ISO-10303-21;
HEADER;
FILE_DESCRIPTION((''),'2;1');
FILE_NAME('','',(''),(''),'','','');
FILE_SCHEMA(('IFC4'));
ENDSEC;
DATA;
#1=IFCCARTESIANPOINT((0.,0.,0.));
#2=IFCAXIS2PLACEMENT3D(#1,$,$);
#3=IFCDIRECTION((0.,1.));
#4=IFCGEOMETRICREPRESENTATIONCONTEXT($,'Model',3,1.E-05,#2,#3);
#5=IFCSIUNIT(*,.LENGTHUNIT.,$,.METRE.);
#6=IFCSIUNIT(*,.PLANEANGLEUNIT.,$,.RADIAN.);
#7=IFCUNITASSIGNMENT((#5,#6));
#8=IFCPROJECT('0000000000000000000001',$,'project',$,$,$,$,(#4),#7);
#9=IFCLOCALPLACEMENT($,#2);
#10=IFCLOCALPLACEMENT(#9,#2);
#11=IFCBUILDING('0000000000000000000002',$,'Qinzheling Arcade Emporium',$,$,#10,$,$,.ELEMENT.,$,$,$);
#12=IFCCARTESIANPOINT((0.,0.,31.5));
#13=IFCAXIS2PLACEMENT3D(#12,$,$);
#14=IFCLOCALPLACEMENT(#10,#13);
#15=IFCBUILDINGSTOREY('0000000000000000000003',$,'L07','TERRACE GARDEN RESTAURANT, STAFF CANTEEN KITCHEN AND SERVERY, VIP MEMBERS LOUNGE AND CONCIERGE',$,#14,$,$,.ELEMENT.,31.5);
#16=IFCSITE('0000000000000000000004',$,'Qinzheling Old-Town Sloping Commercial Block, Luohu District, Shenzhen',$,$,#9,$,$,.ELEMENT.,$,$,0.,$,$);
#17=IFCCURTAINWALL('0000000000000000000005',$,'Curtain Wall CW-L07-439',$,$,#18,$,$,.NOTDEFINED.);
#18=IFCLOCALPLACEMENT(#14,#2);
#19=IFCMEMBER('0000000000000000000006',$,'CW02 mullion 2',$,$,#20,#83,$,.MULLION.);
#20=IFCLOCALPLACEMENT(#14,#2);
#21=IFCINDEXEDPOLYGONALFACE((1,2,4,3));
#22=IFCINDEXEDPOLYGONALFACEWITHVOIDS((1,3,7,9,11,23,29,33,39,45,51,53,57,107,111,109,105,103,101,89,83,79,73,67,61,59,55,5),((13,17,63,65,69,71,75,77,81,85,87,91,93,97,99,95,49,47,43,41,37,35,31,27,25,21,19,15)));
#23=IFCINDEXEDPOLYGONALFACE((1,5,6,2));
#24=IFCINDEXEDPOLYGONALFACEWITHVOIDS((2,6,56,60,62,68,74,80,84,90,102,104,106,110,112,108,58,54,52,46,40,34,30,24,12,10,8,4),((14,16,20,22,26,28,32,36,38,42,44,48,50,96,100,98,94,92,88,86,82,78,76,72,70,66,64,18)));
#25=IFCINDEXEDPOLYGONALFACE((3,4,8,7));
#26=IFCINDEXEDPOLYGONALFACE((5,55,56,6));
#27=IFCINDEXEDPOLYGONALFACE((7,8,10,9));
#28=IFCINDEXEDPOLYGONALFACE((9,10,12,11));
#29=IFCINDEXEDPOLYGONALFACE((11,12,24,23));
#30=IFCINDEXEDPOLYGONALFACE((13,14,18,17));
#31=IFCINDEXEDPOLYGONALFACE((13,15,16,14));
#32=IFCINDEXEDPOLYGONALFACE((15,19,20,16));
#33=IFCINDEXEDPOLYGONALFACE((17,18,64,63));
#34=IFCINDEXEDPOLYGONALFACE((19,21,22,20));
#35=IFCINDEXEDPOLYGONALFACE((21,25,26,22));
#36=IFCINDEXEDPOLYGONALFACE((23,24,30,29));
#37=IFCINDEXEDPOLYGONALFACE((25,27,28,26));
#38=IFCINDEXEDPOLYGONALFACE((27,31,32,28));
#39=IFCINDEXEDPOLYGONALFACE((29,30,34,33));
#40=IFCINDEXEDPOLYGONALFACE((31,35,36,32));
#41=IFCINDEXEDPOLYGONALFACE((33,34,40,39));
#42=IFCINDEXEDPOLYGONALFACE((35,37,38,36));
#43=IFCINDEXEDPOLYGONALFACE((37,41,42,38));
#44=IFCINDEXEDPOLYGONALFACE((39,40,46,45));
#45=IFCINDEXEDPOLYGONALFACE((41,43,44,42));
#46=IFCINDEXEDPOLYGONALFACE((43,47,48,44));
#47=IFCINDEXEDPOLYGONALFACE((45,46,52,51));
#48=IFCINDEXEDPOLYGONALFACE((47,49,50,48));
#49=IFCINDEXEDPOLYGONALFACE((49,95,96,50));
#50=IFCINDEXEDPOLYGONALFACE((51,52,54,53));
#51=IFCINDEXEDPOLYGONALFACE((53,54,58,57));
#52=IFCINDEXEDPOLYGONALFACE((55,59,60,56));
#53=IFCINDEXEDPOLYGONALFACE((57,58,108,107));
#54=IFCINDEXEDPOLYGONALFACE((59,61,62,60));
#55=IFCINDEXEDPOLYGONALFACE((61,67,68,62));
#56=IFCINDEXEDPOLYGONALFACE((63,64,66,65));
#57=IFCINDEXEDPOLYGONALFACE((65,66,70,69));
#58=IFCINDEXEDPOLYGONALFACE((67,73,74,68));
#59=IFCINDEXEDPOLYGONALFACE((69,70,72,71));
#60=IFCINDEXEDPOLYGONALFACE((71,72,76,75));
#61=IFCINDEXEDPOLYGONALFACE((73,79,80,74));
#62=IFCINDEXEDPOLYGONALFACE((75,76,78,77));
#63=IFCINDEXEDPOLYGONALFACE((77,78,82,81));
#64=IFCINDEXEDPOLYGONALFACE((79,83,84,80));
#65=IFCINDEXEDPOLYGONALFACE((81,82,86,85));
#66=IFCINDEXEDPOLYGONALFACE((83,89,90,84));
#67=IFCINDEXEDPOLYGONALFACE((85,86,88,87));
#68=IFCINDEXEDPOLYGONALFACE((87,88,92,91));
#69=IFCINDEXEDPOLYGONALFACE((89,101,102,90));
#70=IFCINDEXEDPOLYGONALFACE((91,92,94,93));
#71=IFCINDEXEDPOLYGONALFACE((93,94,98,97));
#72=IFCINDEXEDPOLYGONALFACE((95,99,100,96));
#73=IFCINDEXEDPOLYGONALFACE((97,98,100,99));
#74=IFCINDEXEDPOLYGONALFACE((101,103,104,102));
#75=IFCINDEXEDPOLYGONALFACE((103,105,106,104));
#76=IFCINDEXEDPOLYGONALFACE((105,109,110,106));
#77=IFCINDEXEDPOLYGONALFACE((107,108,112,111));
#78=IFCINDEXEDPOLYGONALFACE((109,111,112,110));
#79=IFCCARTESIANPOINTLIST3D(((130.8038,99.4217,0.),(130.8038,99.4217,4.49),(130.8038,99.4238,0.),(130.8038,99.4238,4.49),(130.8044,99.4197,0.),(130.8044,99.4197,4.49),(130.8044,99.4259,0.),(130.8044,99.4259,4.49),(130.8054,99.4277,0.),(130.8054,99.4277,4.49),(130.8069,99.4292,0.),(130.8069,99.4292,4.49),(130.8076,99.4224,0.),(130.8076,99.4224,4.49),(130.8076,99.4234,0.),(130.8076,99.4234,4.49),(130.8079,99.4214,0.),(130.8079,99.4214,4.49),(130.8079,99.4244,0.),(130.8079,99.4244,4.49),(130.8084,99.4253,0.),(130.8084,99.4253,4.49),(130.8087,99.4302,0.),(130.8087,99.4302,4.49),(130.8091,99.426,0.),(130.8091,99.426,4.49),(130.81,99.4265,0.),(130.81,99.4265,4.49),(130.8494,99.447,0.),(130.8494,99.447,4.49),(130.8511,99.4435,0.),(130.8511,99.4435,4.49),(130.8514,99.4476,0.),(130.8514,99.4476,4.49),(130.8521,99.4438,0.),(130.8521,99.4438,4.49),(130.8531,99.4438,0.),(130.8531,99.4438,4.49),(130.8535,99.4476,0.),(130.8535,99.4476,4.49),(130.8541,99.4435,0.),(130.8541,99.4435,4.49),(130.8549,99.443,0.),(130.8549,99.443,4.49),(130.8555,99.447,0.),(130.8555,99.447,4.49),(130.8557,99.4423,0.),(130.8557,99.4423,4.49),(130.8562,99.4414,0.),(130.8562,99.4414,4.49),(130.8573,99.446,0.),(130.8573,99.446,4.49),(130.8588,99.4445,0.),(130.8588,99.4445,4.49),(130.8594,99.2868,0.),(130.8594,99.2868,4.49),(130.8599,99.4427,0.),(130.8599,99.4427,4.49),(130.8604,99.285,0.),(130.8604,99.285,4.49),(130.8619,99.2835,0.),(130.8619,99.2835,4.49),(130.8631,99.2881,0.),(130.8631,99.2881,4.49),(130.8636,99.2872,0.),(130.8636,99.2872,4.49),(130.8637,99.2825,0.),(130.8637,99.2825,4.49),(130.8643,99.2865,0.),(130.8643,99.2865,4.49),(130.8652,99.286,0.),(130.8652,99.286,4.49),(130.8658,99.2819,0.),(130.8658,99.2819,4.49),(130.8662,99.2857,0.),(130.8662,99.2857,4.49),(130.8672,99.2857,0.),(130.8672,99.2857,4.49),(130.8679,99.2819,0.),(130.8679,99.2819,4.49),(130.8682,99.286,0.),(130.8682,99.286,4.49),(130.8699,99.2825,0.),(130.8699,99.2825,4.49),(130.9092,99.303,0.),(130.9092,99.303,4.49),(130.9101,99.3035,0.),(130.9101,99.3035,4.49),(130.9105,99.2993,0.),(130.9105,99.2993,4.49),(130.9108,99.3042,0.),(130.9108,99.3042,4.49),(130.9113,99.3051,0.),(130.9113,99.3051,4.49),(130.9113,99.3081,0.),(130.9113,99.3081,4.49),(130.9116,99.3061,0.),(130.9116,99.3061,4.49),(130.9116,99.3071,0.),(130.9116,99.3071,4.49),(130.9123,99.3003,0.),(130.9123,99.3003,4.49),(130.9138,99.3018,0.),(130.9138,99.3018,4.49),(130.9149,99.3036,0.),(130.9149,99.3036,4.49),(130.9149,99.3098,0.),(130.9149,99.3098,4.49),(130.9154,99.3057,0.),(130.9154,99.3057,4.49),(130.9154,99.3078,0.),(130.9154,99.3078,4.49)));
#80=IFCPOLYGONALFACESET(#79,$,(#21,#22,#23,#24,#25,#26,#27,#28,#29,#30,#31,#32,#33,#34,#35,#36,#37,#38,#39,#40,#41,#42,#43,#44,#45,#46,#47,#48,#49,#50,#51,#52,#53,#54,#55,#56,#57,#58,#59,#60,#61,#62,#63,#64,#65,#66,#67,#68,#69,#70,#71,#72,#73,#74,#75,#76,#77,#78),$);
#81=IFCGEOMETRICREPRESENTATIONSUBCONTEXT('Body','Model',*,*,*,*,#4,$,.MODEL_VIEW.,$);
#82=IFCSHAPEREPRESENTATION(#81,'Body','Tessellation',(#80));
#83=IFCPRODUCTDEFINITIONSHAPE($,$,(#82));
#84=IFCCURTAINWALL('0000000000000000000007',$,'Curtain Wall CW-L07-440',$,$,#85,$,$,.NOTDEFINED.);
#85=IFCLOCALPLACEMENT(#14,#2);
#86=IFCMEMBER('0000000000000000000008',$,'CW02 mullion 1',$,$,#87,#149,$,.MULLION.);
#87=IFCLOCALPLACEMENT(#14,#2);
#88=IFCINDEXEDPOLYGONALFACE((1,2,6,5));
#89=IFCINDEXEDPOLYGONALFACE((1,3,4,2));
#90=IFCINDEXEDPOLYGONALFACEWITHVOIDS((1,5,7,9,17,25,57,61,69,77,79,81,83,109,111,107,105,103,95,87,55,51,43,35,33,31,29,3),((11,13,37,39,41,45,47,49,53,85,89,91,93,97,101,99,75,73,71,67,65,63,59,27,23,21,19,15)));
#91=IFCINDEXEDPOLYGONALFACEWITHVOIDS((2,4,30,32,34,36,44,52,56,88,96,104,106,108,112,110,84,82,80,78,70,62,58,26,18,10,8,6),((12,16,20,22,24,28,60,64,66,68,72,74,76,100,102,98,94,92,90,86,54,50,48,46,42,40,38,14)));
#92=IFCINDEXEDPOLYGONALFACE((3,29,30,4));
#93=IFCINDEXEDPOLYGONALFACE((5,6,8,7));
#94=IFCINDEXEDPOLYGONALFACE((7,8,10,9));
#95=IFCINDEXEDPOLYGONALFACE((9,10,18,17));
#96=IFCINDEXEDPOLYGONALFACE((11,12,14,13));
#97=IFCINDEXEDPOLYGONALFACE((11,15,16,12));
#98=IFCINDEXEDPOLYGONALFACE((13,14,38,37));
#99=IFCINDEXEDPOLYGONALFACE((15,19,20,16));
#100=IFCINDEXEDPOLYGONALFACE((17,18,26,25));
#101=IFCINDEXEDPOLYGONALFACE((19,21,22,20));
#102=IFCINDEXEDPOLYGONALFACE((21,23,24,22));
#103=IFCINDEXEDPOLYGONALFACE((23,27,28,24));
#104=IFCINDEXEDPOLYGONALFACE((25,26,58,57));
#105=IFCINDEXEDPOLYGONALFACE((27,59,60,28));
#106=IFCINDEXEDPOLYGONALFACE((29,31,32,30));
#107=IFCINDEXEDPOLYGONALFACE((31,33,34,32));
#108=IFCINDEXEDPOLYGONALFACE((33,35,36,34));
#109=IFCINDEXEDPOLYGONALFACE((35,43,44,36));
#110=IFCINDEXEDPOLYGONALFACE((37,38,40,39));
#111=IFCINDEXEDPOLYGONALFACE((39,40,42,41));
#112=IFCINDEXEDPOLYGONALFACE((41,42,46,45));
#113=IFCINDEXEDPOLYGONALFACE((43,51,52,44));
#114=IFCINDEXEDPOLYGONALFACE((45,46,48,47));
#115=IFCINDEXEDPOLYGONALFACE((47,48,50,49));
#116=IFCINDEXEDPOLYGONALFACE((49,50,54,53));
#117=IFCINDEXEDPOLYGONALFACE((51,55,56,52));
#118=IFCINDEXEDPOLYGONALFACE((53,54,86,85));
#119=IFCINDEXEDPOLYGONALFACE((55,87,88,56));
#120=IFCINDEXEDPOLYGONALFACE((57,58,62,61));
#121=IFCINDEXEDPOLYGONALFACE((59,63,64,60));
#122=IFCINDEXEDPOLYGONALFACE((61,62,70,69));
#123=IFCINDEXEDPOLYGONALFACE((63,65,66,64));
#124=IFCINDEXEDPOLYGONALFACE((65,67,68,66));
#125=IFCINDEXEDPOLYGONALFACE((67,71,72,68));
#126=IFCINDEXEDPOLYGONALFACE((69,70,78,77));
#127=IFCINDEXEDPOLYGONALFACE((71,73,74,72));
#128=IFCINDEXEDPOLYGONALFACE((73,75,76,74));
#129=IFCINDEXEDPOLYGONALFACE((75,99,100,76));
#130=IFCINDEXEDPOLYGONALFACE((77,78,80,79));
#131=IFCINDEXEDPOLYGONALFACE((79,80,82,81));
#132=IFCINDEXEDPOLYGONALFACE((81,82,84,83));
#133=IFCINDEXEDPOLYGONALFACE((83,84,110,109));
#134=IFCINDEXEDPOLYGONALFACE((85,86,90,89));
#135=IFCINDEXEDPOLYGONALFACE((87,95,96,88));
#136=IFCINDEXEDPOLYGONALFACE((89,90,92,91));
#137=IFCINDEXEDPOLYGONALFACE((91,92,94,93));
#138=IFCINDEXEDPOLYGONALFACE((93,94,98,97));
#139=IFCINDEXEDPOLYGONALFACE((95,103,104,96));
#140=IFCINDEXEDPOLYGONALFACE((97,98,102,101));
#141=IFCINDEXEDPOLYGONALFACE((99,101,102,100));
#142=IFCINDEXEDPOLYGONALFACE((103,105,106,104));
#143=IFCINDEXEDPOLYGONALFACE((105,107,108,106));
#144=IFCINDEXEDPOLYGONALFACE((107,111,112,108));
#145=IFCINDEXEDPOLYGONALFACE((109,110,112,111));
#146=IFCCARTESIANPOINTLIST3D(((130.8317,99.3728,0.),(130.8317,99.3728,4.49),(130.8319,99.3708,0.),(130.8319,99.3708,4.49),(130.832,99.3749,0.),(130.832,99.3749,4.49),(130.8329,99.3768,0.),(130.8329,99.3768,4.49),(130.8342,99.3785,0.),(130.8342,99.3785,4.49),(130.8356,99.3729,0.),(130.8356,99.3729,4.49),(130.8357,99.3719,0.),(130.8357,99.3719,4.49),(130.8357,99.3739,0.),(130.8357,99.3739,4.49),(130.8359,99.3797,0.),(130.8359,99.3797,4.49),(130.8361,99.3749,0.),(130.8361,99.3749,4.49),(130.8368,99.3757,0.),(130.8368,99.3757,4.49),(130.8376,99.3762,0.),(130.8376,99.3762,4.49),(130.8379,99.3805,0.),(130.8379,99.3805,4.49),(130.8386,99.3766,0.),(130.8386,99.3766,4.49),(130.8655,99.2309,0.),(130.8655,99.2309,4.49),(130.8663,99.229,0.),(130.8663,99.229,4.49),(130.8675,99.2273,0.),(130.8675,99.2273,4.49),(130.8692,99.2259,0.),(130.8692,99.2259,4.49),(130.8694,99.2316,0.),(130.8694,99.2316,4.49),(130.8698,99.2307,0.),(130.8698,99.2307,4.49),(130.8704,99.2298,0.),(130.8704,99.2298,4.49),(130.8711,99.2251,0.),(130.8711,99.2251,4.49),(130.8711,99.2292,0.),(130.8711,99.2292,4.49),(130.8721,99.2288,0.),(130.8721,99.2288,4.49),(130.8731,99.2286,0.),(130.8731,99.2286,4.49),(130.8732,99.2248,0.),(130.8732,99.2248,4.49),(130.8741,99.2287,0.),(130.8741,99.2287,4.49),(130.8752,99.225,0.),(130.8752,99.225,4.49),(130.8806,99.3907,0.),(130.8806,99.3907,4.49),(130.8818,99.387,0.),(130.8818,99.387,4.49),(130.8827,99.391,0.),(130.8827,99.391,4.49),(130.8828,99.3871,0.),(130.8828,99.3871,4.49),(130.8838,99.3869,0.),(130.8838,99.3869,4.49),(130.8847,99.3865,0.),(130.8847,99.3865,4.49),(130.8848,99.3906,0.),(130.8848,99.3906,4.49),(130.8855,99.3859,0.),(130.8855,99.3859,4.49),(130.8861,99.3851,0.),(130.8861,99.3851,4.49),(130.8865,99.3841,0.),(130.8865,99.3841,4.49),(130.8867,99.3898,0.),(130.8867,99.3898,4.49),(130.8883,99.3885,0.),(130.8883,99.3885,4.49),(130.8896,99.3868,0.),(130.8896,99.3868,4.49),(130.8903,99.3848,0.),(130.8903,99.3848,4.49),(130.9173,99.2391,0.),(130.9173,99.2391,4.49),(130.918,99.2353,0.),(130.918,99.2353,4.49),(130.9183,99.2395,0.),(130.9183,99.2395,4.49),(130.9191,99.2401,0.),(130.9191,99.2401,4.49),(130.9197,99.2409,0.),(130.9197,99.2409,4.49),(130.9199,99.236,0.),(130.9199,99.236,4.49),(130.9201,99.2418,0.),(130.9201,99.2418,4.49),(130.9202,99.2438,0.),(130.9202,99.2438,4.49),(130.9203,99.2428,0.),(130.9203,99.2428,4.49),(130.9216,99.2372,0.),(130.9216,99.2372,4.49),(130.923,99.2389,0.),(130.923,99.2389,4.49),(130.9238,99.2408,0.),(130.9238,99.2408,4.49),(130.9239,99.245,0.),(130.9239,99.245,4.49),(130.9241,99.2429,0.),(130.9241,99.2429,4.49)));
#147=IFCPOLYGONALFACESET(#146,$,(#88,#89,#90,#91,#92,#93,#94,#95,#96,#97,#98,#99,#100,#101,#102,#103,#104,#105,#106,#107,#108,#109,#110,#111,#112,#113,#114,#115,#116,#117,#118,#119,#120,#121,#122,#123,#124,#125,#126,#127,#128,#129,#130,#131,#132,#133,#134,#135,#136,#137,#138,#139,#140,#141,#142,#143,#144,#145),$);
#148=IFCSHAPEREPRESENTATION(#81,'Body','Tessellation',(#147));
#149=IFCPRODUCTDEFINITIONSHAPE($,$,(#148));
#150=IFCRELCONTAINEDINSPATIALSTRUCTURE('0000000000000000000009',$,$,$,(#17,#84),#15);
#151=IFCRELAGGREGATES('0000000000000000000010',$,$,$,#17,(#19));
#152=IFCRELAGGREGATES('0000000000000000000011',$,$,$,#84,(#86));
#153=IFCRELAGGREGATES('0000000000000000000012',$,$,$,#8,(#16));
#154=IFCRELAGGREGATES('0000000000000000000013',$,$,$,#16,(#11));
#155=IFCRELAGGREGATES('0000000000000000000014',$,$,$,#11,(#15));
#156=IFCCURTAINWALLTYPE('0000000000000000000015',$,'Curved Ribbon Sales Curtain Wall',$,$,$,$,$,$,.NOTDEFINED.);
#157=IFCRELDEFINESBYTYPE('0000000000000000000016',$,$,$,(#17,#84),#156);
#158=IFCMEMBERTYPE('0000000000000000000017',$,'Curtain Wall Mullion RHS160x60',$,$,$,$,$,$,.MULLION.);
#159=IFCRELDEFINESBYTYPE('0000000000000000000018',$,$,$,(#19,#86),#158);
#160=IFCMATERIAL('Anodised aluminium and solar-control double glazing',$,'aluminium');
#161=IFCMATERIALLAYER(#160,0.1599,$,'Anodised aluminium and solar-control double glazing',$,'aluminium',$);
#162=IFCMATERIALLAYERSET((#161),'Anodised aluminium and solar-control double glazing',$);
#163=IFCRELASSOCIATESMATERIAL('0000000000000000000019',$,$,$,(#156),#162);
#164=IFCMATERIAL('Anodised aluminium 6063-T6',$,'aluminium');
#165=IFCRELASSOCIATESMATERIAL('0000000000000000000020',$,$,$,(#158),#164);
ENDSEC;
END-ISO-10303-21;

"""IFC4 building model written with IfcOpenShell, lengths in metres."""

from ifc_helpers import new_model, si_unit, direction, frame, origin, origin_2d, place, context, subcontext, project, spatial, hollow_rectangle, extrude, material, layer, layer_set, material_profile, profile_set, type_object, element, aggregate, save


model = new_model("IFC4")

# Units and contexts
model_context = context("Model", 3, precision=1e-05, world=origin(), true_north=direction((0.0, 1.0)))
body_context = subcontext(model_context, "Body", "Model", "MODEL_VIEW")
ifc_project = project(units=[si_unit("LENGTHUNIT", "METRE"), si_unit("PLANEANGLEUNIT", "RADIAN")], contexts=[model_context])

# Site, building, storey
site_placement = place(None, origin())
site = spatial("IfcSite", under=ifc_project, at=site_placement, Name="Qinzheling Old-Town Sloping Commercial Block, Luohu District, Shenzhen", CompositionType="ELEMENT", RefElevation=0.0)
building_placement = place(site_placement, origin())
building = spatial("IfcBuilding", under=site, at=building_placement, Name="Qinzheling Arcade Emporium", CompositionType="ELEMENT")
storey_placement = place(building_placement, frame((0.0, 0.0, 31.5)))
storey = spatial("IfcBuildingStorey", under=building, at=storey_placement, Name="L07", Description="TERRACE GARDEN RESTAURANT, STAFF CANTEEN KITCHEN AND SERVERY, VIP MEMBERS LOUNGE AND CONCIERGE", CompositionType="ELEMENT", Elevation=31.5)

# Shared definitions
ifc_material_1 = material(Name="Anodised aluminium and solar-control double glazing", Category="aluminium")
ifc_layer_1 = layer(ifc_material_1, 0.1599, Name="Anodised aluminium and solar-control double glazing", Category="aluminium")
ifc_layer_set_1 = layer_set([ifc_layer_1], Name="Anodised aluminium and solar-control double glazing")
curtain_wall_type = type_object("IfcCurtainWallType", Name="Curved Ribbon Sales Curtain Wall", PredefinedType="NOTDEFINED", material=ifc_layer_set_1)
ifc_material_2 = material(Name="Anodised aluminium 6063-T6", Category="aluminium")
ifc_material_profile_1 = material_profile(ifc_material_2, hollow_rectangle(XDim=0.0601, YDim=0.1599, WallThickness=0.0039, InnerFilletRadius=0.0039, OuterFilletRadius=0.0081, at=origin_2d()), Name="RHS 160x60x4", Category="aluminium")
ifc_profile_set_1 = profile_set([ifc_material_profile_1], Name="Anodised aluminium 6063-T6")
member_type_1 = type_object("IfcMemberType", Name="Curtain Wall Mullion RHS160x60", PredefinedType="MULLION", material=ifc_profile_set_1)

# Curtain walls, members
curtain_wall_1_placement = place(storey_placement, origin())
curtain_wall_1 = element("IfcCurtainWall", 1, at=curtain_wall_1_placement, inside=storey, type_object=curtain_wall_type, Name="Curtain Wall CW-L07-439", PredefinedType="NOTDEFINED")
member_1_placement = place(storey_placement, frame((130.8596, 99.3647, 0.0), z_axis=(0.0, 0.0, 1.0), x_axis=(0.924017, 0.382352, 0.0)))
member_1 = element("IfcMember", 2, at=member_1_placement, type_object=member_type_1, Name="CW02 mullion 2", PredefinedType="MULLION", context=body_context, shape_type="SweptSolid", body=[
    extrude(hollow_rectangle(XDim=0.0601, YDim=0.1599, WallThickness=0.0039, InnerFilletRadius=0.0039, OuterFilletRadius=0.0081, at=origin_2d()), origin(), (0.0, 0.0, 1.0), 4.49),
])
curtain_wall_2_placement = place(storey_placement, origin())
curtain_wall_2 = element("IfcCurtainWall", 3, at=curtain_wall_2_placement, inside=storey, type_object=curtain_wall_type, Name="Curtain Wall CW-L07-440", PredefinedType="NOTDEFINED")
member_2_placement = place(storey_placement, frame((130.8779, 99.3079, 0.0), z_axis=(0.0, 0.0, 1.0), x_axis=(0.972323, 0.233641, 0.0)))
member_2 = element("IfcMember", 4, at=member_2_placement, type_object=member_type_1, Name="CW02 mullion 1", PredefinedType="MULLION", context=body_context, shape_type="SweptSolid", body=[
    extrude(hollow_rectangle(XDim=0.0601, YDim=0.1599, WallThickness=0.0039, InnerFilletRadius=0.0039, OuterFilletRadius=0.0081, at=origin_2d()), origin(), (0.0, 0.0, 1.0), 4.49),
])

aggregate(curtain_wall_1, [member_1])
aggregate(curtain_wall_2, [member_2])

save(model, "model.ifc")
